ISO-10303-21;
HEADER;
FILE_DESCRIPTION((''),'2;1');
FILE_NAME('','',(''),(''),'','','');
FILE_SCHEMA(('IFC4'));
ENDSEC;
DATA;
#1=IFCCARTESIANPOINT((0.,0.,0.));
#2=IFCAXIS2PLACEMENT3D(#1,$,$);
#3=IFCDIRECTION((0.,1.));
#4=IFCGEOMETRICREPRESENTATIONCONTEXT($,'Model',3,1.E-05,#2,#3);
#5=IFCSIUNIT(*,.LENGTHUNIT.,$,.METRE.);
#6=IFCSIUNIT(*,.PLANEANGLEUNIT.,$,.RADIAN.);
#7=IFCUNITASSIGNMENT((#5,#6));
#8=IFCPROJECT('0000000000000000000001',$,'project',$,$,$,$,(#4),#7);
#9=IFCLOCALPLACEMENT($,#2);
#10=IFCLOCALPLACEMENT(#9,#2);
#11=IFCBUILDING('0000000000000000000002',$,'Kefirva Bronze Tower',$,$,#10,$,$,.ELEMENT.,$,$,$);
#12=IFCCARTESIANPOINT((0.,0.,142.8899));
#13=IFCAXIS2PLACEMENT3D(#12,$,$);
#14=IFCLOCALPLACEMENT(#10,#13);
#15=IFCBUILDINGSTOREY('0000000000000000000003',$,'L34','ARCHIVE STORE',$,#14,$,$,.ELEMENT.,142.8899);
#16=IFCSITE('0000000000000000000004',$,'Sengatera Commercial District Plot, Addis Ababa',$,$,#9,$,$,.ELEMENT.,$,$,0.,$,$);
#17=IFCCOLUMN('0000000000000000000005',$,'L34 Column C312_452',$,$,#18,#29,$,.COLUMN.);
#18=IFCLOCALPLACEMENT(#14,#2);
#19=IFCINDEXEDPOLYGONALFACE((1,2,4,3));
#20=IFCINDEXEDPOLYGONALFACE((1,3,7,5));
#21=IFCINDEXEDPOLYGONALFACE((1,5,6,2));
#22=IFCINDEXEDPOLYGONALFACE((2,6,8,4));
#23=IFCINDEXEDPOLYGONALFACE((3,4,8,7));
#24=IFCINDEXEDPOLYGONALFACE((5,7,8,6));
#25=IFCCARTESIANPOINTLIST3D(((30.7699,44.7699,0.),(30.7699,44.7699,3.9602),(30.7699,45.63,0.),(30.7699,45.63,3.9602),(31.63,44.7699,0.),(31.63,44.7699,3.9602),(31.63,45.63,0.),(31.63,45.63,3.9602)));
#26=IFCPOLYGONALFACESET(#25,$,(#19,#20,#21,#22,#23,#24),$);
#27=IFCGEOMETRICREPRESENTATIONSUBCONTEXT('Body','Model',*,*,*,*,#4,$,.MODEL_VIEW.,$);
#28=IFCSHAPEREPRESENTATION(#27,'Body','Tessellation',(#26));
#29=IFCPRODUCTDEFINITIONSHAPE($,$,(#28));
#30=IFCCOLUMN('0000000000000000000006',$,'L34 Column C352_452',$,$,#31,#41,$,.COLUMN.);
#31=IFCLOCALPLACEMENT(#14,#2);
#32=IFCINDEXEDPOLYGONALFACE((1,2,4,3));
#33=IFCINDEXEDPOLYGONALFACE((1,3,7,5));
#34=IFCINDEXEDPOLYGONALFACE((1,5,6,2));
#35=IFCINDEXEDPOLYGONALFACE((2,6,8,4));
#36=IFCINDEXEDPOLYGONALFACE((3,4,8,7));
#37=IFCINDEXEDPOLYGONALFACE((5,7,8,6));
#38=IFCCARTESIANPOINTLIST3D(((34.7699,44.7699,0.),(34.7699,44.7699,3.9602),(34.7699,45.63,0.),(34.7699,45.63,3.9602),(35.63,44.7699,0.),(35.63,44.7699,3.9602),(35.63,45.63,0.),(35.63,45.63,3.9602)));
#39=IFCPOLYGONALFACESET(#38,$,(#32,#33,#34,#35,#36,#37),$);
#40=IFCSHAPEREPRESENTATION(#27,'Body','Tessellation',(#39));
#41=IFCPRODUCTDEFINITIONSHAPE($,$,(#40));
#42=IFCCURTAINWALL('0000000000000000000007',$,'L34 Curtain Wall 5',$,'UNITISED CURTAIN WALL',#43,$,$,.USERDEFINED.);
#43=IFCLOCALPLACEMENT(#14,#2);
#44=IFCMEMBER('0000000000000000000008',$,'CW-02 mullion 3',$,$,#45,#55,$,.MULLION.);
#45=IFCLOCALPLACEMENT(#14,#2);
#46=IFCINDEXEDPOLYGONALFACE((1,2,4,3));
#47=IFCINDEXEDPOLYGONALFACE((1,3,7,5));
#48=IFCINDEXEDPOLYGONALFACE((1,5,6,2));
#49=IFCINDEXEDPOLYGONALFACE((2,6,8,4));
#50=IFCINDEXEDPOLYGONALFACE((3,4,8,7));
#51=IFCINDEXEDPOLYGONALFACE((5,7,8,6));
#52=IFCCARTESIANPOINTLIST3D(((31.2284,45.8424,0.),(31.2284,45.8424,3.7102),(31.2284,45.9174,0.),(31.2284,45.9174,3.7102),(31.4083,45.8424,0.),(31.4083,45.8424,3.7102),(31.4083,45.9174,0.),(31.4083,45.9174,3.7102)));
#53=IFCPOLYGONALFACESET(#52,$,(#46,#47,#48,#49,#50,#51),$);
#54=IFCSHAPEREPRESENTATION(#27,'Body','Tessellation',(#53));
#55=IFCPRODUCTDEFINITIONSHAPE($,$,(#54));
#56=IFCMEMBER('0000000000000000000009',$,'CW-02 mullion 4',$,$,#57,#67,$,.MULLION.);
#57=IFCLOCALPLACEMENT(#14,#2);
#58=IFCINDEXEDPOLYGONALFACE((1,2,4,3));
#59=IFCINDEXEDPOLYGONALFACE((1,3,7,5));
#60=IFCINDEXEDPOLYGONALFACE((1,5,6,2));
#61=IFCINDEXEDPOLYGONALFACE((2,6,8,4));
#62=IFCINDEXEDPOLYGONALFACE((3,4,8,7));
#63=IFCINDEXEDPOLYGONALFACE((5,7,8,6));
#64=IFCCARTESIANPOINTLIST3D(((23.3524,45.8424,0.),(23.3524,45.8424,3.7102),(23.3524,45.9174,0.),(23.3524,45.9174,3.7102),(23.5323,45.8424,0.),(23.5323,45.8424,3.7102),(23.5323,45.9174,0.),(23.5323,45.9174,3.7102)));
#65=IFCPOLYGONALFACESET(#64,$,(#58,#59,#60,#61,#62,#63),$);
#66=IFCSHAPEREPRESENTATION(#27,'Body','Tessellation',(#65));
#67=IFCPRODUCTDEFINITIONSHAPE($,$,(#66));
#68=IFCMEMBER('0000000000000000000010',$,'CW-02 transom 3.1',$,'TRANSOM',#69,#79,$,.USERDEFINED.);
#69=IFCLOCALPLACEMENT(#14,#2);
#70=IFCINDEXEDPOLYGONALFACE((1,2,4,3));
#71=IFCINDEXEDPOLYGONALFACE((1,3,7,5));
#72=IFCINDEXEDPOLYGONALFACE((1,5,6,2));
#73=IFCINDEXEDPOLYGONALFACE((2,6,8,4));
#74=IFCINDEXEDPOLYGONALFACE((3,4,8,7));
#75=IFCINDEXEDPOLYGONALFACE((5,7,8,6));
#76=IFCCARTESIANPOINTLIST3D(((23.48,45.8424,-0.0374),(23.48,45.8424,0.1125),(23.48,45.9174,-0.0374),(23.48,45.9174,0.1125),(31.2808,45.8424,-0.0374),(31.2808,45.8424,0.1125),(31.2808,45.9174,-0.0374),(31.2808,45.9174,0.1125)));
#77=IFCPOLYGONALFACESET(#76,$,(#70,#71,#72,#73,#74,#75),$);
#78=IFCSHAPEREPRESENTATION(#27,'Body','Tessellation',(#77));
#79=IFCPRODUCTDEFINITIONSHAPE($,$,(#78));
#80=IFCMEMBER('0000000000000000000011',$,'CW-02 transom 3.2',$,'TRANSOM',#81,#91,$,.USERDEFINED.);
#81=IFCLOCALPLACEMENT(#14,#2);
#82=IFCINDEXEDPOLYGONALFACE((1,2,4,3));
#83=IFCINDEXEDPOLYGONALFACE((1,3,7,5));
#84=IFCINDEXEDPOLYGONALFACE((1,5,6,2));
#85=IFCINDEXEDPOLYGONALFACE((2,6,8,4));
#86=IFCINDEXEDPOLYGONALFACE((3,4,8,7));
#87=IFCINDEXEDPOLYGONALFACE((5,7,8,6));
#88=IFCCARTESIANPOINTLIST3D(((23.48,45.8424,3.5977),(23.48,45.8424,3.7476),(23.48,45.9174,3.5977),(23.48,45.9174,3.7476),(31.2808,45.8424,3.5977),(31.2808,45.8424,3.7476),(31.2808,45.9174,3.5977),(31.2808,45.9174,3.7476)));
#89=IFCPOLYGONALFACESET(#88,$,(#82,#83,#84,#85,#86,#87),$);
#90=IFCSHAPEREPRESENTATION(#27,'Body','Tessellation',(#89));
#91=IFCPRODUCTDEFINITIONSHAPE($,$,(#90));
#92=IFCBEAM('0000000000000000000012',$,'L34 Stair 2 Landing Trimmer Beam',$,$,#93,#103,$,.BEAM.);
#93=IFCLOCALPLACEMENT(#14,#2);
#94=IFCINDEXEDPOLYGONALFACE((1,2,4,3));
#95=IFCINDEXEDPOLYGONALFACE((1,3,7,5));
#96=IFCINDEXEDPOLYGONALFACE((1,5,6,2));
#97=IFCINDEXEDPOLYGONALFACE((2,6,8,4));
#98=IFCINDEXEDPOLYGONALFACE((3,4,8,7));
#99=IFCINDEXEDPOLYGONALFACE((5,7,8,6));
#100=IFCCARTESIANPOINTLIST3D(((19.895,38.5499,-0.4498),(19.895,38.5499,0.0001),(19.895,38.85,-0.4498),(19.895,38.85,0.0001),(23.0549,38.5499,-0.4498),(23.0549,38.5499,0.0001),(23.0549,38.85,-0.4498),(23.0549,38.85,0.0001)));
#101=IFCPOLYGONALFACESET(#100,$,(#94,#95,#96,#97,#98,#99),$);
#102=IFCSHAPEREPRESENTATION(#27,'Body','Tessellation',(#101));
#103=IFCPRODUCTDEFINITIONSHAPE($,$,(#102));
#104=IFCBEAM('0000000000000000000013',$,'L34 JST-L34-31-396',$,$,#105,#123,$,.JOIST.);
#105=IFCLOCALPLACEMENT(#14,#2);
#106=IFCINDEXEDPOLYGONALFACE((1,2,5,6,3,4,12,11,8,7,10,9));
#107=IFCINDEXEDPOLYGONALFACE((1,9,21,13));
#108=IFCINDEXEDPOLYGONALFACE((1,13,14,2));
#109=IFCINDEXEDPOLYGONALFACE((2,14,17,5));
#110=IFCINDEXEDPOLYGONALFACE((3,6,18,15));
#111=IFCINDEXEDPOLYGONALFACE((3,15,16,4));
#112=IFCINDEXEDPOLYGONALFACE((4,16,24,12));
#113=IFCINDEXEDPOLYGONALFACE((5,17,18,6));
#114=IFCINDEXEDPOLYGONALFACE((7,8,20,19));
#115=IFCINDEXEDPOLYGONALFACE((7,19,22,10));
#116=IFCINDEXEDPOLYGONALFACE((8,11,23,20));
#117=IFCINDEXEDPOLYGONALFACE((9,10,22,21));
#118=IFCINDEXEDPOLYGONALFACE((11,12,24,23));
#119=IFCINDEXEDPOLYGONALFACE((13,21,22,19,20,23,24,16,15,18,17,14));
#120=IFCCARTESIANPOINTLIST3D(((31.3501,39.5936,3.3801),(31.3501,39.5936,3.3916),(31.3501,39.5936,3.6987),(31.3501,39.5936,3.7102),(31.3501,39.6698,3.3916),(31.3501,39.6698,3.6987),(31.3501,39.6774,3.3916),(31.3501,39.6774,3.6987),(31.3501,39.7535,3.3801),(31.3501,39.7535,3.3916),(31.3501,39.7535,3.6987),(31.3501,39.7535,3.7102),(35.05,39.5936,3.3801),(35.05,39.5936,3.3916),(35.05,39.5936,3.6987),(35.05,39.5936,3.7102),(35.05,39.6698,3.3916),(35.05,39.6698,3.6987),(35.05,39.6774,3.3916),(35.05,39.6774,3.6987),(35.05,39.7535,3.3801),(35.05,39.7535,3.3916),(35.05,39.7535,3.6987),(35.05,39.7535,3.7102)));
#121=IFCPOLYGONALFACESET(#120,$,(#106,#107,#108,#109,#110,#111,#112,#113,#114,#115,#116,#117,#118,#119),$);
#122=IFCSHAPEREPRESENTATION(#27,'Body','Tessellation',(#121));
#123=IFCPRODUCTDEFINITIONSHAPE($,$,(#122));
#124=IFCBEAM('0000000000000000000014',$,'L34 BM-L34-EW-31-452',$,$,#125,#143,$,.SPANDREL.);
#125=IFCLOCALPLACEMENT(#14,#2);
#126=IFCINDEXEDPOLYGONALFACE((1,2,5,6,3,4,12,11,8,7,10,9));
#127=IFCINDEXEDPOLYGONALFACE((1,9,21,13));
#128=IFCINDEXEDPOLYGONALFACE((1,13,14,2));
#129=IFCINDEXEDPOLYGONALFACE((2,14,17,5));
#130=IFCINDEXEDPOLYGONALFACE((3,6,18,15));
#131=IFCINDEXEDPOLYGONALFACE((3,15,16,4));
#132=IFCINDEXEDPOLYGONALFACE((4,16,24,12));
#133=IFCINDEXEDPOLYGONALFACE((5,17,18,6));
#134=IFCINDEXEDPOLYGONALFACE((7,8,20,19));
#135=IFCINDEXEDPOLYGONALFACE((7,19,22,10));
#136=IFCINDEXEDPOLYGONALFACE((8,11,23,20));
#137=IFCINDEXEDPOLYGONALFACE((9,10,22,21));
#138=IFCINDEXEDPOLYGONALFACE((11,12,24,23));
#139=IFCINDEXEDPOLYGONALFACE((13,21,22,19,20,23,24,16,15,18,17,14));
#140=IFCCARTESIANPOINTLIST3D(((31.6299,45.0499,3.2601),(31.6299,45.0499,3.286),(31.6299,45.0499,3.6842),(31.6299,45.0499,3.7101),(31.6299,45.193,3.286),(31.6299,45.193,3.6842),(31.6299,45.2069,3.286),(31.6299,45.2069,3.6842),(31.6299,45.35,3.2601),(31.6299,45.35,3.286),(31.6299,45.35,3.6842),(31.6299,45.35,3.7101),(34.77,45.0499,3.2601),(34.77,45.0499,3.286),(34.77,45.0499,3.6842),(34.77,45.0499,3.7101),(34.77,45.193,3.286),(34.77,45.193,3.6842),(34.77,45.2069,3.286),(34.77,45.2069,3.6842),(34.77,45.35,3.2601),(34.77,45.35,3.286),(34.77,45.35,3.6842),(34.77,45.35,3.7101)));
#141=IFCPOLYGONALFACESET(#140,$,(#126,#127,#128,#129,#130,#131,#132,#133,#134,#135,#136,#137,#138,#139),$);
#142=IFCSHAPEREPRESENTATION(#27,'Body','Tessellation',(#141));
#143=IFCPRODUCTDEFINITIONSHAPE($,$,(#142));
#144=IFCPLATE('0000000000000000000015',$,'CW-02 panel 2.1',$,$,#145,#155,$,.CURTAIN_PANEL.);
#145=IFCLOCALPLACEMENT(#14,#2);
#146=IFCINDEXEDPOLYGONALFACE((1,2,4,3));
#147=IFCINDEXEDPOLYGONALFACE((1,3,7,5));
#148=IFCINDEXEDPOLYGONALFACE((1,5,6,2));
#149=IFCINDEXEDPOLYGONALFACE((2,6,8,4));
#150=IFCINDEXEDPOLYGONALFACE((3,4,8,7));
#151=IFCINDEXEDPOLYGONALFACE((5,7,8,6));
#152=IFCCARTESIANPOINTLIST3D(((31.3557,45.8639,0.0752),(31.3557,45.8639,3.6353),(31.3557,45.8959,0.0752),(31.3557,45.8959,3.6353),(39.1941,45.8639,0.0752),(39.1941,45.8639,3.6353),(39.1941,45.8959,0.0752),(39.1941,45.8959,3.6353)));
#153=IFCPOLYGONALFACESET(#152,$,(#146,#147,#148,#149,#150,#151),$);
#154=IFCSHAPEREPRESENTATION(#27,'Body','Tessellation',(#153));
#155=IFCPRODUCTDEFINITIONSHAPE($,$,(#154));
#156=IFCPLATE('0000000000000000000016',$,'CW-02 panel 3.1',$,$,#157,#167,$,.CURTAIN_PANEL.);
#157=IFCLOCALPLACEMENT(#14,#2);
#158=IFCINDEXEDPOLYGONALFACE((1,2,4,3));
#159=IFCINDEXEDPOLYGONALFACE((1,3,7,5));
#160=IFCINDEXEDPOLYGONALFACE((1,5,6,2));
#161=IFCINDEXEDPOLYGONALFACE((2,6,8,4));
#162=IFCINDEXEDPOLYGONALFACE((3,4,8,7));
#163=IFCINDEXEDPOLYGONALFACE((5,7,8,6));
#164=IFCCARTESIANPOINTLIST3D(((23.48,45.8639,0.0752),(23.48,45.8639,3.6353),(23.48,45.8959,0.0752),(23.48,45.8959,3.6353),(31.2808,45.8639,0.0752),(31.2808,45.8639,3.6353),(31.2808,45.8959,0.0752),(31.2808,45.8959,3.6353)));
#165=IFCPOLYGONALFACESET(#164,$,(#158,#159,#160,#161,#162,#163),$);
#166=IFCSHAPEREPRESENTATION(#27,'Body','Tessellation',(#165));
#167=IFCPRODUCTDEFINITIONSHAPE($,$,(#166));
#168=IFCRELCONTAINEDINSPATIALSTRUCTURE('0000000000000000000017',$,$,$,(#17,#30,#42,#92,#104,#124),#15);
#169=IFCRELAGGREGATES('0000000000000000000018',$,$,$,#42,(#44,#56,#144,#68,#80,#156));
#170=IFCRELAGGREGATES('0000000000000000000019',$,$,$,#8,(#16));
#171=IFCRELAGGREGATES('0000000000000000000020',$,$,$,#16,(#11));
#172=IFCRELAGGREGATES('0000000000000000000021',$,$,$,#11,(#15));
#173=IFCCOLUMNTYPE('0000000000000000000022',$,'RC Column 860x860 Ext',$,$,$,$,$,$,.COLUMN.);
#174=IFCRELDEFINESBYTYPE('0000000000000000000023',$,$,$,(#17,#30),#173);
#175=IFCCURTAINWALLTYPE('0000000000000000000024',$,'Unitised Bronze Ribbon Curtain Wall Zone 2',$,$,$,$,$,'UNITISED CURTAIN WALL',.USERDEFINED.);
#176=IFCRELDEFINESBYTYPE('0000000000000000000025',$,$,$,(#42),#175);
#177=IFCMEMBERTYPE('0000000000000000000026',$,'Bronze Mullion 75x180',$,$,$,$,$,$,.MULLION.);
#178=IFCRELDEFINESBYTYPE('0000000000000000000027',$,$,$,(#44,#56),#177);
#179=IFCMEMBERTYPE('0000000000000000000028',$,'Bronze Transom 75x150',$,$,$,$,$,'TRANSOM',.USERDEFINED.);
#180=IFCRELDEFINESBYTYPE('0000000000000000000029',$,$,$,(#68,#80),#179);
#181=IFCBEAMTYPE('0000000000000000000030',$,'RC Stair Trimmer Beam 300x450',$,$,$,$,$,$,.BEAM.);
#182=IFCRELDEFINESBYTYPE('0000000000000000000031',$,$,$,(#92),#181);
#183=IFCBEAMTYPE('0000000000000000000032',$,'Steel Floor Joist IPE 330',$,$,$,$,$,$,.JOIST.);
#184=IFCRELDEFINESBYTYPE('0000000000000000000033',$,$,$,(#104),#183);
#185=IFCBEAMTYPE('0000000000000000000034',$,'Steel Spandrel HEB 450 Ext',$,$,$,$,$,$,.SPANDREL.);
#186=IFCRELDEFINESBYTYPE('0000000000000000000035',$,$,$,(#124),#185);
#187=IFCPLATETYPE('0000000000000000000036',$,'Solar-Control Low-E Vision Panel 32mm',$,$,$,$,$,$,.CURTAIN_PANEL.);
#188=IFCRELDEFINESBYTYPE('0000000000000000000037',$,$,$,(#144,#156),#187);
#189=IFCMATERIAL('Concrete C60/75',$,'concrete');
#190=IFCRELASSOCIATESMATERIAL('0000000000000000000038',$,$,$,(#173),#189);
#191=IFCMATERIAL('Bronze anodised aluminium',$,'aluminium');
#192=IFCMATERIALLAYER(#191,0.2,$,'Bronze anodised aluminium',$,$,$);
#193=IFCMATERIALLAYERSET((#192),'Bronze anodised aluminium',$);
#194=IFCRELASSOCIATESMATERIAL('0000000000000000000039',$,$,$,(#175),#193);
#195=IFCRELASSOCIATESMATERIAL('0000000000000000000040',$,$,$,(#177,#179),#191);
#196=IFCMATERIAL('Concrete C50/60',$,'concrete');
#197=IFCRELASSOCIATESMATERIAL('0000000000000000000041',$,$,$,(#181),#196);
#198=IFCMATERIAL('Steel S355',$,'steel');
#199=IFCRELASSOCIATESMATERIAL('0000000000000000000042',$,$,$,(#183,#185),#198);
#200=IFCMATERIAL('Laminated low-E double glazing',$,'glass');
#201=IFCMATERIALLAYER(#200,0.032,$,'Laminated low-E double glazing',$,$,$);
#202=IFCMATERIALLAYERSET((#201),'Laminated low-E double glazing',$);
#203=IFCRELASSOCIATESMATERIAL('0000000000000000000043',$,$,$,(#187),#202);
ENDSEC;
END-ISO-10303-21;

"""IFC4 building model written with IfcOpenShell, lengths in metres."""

from ifc_helpers import new_model, si_unit, direction, frame, origin, origin_2d, place, context, subcontext, project, spatial, rectangle, i_section, extrude, material, layer, layer_set, material_profile, profile_set, type_object, element, aggregate, save


model = new_model("IFC4")

# Units and contexts
model_context = context("Model", 3, precision=1e-05, world=origin(), true_north=direction((0.0, 1.0)))
body_context = subcontext(model_context, "Body", "Model", "MODEL_VIEW")
ifc_project = project(units=[si_unit("LENGTHUNIT", "METRE"), si_unit("PLANEANGLEUNIT", "RADIAN")], contexts=[model_context])

# Site, building, storey
site_placement = place(None, origin())
site = spatial("IfcSite", under=ifc_project, at=site_placement, Name="Sengatera Commercial District Plot, Addis Ababa", CompositionType="ELEMENT", RefElevation=0.0)
building_placement = place(site_placement, origin())
building = spatial("IfcBuilding", under=site, at=building_placement, Name="Kefirva Bronze Tower", CompositionType="ELEMENT")
storey_placement = place(building_placement, frame((0.0, 0.0, 142.8899)))
storey = spatial("IfcBuildingStorey", under=building, at=storey_placement, Name="L34", Description="ARCHIVE STORE", CompositionType="ELEMENT", Elevation=142.8899)

# Columns
ifc_material_1 = material(Name="Concrete C60/75", Category="concrete")
ifc_material_profile_1 = material_profile(ifc_material_1, rectangle(XDim=0.8601, YDim=0.8601, at=origin_2d()), Name="RC 860x860")
ifc_profile_set_1 = profile_set([ifc_material_profile_1], Name="Concrete C60/75")
column_type = type_object("IfcColumnType", Name="RC Column 860x860 Ext", PredefinedType="COLUMN", material=ifc_profile_set_1)
for number, where, z_axis, x_axis, name in (
    (1, (31.2, 45.2, 0.0), (0.0, 0.0, 1.0), (1.0, 0.0, 0.0), "L34 Column C312_452"),
    (2, (35.2, 45.2, 0.0), (0.0, 0.0, 1.0), (1.0, 0.0, 0.0), "L34 Column C352_452"),
):
    element("IfcColumn", number, at=place(storey_placement, frame(where, z_axis=z_axis, x_axis=x_axis)), inside=storey, type_object=column_type, Name=name, PredefinedType="COLUMN", context=body_context, shape_type="SweptSolid", body=[
        extrude(rectangle(XDim=0.8601, YDim=0.8601, at=origin_2d()), origin(), (0.0, 0.0, 1.0), 3.9602),
    ])

# Curtain wall, members
ifc_material_2 = material(Name="Bronze anodised aluminium", Category="aluminium")
ifc_layer_1 = layer(ifc_material_2, 0.2, Name="Bronze anodised aluminium")
ifc_layer_set_1 = layer_set([ifc_layer_1], Name="Bronze anodised aluminium")
curtain_wall_type = type_object("IfcCurtainWallType", Name="Unitised Bronze Ribbon Curtain Wall Zone 2", ElementType="UNITISED CURTAIN WALL", PredefinedType="USERDEFINED", material=ifc_layer_set_1)
curtain_wall_placement = place(storey_placement, origin())
curtain_wall = element("IfcCurtainWall", 3, at=curtain_wall_placement, inside=storey, type_object=curtain_wall_type, Name="L34 Curtain Wall 5", ObjectType="UNITISED CURTAIN WALL", PredefinedType="USERDEFINED")
ifc_material_profile_2 = material_profile(ifc_material_2, rectangle(XDim=0.075, YDim=0.1799, at=origin_2d()), Name="ALU 75x180")
ifc_profile_set_2 = profile_set([ifc_material_profile_2], Name="Bronze anodised aluminium")
member_type_1 = type_object("IfcMemberType", Name="Bronze Mullion 75x180", PredefinedType="MULLION", material=ifc_profile_set_2)
member_1_placement = place(storey_placement, frame((31.3184, 45.8799, 0.0), z_axis=(0.0, 0.0, 1.0), x_axis=(0.0, -1.0, 0.0)))
member_1 = element("IfcMember", 4, at=member_1_placement, type_object=member_type_1, Name="CW-02 mullion 3", PredefinedType="MULLION", context=body_context, shape_type="SweptSolid", body=[
    extrude(rectangle(XDim=0.075, YDim=0.1799, at=origin_2d()), origin(), (0.0, 0.0, 1.0), 3.7102),
])
member_2_placement = place(storey_placement, frame((23.4424, 45.8799, 0.0), z_axis=(0.0, 0.0, 1.0), x_axis=(0.0, -1.0, 0.0)))
member_2 = element("IfcMember", 5, at=member_2_placement, type_object=member_type_1, Name="CW-02 mullion 4", PredefinedType="MULLION", context=body_context, shape_type="SweptSolid", body=[
    extrude(rectangle(XDim=0.075, YDim=0.1799, at=origin_2d()), origin(), (0.0, 0.0, 1.0), 3.7102),
])
ifc_material_profile_3 = material_profile(ifc_material_2, rectangle(XDim=0.075, YDim=0.1499, at=origin_2d()), Name="ALU 75x150")
ifc_profile_set_3 = profile_set([ifc_material_profile_3], Name="Bronze anodised aluminium")
member_type_2 = type_object("IfcMemberType", Name="Bronze Transom 75x150", ElementType="TRANSOM", PredefinedType="USERDEFINED", material=ifc_profile_set_3)
member_3_placement = place(storey_placement, frame((31.2808, 45.8799, 0.0376), z_axis=(-1.0, 0.0, 0.0), x_axis=(0.0, -1.0, 0.0)))
member_3 = element("IfcMember", 6, at=member_3_placement, type_object=member_type_2, Name="CW-02 transom 3.1", ObjectType="TRANSOM", PredefinedType="USERDEFINED", context=body_context, shape_type="SweptSolid", body=[
    extrude(rectangle(XDim=0.075, YDim=0.1499, at=origin_2d()), origin(), (0.0, 0.0, 1.0), 7.8008),
])
member_4_placement = place(storey_placement, frame((31.2808, 45.8799, 3.6726), z_axis=(-1.0, 0.0, 0.0), x_axis=(0.0, -1.0, 0.0)))
member_4 = element("IfcMember", 7, at=member_4_placement, type_object=member_type_2, Name="CW-02 transom 3.2", ObjectType="TRANSOM", PredefinedType="USERDEFINED", context=body_context, shape_type="SweptSolid", body=[
    extrude(rectangle(XDim=0.075, YDim=0.1499, at=origin_2d()), origin(), (0.0, 0.0, 1.0), 7.8008),
])

# Beams
ifc_material_3 = material(Name="Concrete C50/60", Category="concrete")
ifc_material_profile_4 = material_profile(ifc_material_3, rectangle(XDim=0.3, YDim=0.45, at=origin_2d()), Name="RC 300x450")
ifc_profile_set_4 = profile_set([ifc_material_profile_4], Name="Concrete C50/60")
beam_type_1 = type_object("IfcBeamType", Name="RC Stair Trimmer Beam 300x450", PredefinedType="BEAM", material=ifc_profile_set_4)
beam_1_placement = place(storey_placement, frame((19.895, 38.7, -0.2249), z_axis=(1.0, 0.0, 0.0), x_axis=(0.0, 1.0, 0.0)))
element("IfcBeam", 8, at=beam_1_placement, inside=storey, type_object=beam_type_1, Name="L34 Stair 2 Landing Trimmer Beam", PredefinedType="BEAM", context=body_context, shape_type="SweptSolid", body=[
    extrude(rectangle(XDim=0.3, YDim=0.45, at=origin_2d()), origin(), (0.0, 0.0, 1.0), 3.1599),
])
ifc_material_4 = material(Name="Steel S355", Category="steel")
ifc_material_profile_5 = material_profile(ifc_material_4, i_section(OverallWidth=0.1599, OverallDepth=0.3301, WebThickness=0.0076, FlangeThickness=0.0115, at=origin_2d()), Name="IPE 330")
ifc_profile_set_5 = profile_set([ifc_material_profile_5], Name="Steel S355")
beam_type_2 = type_object("IfcBeamType", Name="Steel Floor Joist IPE 330", PredefinedType="JOIST", material=ifc_profile_set_5)
beam_2_placement = place(storey_placement, frame((31.3501, 39.6736, 3.5452), z_axis=(1.0, 0.0, 0.0), x_axis=(0.0, 1.0, 0.0)))
element("IfcBeam", 9, at=beam_2_placement, inside=storey, type_object=beam_type_2, Name="L34 JST-L34-31-396", PredefinedType="JOIST", context=body_context, shape_type="SweptSolid", body=[
    extrude(i_section(OverallWidth=0.1599, OverallDepth=0.3301, WebThickness=0.0076, FlangeThickness=0.0115, at=origin_2d()), origin(), (0.0, 0.0, 1.0), 3.7),
])
ifc_material_profile_6 = material_profile(ifc_material_4, i_section(OverallWidth=0.3, OverallDepth=0.45, WebThickness=0.0139, FlangeThickness=0.0259, at=origin_2d()), Name="HEB 450")
ifc_profile_set_6 = profile_set([ifc_material_profile_6], Name="Steel S355")
beam_type_3 = type_object("IfcBeamType", Name="Steel Spandrel HEB 450 Ext", PredefinedType="SPANDREL", material=ifc_profile_set_6)
beam_3_placement = place(storey_placement, frame((31.6299, 45.2, 3.4851), z_axis=(1.0, 0.0, 0.0), x_axis=(0.0, 1.0, 0.0)))
element("IfcBeam", 10, at=beam_3_placement, inside=storey, type_object=beam_type_3, Name="L34 BM-L34-EW-31-452", PredefinedType="SPANDREL", context=body_context, shape_type="SweptSolid", body=[
    extrude(i_section(OverallWidth=0.3, OverallDepth=0.45, WebThickness=0.0139, FlangeThickness=0.0259, at=origin_2d()), origin(), (0.0, 0.0, 1.0), 3.1401),
])

# Plates
ifc_material_5 = material(Name="Laminated low-E double glazing", Category="glass")
ifc_layer_2 = layer(ifc_material_5, 0.032, Name="Laminated low-E double glazing")
ifc_layer_set_2 = layer_set([ifc_layer_2], Name="Laminated low-E double glazing")
plate_type = type_object("IfcPlateType", Name="Solar-Control Low-E Vision Panel 32mm", PredefinedType="CURTAIN_PANEL", material=ifc_layer_set_2)
plate_1_placement = place(storey_placement, frame((35.2749, 45.8799, 0.0752), z_axis=(0.0, 0.0, 1.0), x_axis=(-1.0, 0.0, 0.0)))
plate_1 = element("IfcPlate", 11, at=plate_1_placement, type_object=plate_type, Name="CW-02 panel 2.1", PredefinedType="CURTAIN_PANEL", context=body_context, shape_type="SweptSolid", body=[
    extrude(rectangle(XDim=7.8384, YDim=0.032, at=origin_2d()), origin(), (0.0, 0.0, 1.0), 3.5601),
])
plate_2_placement = place(storey_placement, frame((27.3804, 45.8799, 0.0752), z_axis=(0.0, 0.0, 1.0), x_axis=(-1.0, 0.0, 0.0)))
plate_2 = element("IfcPlate", 12, at=plate_2_placement, type_object=plate_type, Name="CW-02 panel 3.1", PredefinedType="CURTAIN_PANEL", context=body_context, shape_type="SweptSolid", body=[
    extrude(rectangle(XDim=7.8008, YDim=0.032, at=origin_2d()), origin(), (0.0, 0.0, 1.0), 3.5601),
])
aggregate(curtain_wall, [member_1, member_2, plate_1, member_3, member_4, plate_2])

save(model, "model.ifc")
